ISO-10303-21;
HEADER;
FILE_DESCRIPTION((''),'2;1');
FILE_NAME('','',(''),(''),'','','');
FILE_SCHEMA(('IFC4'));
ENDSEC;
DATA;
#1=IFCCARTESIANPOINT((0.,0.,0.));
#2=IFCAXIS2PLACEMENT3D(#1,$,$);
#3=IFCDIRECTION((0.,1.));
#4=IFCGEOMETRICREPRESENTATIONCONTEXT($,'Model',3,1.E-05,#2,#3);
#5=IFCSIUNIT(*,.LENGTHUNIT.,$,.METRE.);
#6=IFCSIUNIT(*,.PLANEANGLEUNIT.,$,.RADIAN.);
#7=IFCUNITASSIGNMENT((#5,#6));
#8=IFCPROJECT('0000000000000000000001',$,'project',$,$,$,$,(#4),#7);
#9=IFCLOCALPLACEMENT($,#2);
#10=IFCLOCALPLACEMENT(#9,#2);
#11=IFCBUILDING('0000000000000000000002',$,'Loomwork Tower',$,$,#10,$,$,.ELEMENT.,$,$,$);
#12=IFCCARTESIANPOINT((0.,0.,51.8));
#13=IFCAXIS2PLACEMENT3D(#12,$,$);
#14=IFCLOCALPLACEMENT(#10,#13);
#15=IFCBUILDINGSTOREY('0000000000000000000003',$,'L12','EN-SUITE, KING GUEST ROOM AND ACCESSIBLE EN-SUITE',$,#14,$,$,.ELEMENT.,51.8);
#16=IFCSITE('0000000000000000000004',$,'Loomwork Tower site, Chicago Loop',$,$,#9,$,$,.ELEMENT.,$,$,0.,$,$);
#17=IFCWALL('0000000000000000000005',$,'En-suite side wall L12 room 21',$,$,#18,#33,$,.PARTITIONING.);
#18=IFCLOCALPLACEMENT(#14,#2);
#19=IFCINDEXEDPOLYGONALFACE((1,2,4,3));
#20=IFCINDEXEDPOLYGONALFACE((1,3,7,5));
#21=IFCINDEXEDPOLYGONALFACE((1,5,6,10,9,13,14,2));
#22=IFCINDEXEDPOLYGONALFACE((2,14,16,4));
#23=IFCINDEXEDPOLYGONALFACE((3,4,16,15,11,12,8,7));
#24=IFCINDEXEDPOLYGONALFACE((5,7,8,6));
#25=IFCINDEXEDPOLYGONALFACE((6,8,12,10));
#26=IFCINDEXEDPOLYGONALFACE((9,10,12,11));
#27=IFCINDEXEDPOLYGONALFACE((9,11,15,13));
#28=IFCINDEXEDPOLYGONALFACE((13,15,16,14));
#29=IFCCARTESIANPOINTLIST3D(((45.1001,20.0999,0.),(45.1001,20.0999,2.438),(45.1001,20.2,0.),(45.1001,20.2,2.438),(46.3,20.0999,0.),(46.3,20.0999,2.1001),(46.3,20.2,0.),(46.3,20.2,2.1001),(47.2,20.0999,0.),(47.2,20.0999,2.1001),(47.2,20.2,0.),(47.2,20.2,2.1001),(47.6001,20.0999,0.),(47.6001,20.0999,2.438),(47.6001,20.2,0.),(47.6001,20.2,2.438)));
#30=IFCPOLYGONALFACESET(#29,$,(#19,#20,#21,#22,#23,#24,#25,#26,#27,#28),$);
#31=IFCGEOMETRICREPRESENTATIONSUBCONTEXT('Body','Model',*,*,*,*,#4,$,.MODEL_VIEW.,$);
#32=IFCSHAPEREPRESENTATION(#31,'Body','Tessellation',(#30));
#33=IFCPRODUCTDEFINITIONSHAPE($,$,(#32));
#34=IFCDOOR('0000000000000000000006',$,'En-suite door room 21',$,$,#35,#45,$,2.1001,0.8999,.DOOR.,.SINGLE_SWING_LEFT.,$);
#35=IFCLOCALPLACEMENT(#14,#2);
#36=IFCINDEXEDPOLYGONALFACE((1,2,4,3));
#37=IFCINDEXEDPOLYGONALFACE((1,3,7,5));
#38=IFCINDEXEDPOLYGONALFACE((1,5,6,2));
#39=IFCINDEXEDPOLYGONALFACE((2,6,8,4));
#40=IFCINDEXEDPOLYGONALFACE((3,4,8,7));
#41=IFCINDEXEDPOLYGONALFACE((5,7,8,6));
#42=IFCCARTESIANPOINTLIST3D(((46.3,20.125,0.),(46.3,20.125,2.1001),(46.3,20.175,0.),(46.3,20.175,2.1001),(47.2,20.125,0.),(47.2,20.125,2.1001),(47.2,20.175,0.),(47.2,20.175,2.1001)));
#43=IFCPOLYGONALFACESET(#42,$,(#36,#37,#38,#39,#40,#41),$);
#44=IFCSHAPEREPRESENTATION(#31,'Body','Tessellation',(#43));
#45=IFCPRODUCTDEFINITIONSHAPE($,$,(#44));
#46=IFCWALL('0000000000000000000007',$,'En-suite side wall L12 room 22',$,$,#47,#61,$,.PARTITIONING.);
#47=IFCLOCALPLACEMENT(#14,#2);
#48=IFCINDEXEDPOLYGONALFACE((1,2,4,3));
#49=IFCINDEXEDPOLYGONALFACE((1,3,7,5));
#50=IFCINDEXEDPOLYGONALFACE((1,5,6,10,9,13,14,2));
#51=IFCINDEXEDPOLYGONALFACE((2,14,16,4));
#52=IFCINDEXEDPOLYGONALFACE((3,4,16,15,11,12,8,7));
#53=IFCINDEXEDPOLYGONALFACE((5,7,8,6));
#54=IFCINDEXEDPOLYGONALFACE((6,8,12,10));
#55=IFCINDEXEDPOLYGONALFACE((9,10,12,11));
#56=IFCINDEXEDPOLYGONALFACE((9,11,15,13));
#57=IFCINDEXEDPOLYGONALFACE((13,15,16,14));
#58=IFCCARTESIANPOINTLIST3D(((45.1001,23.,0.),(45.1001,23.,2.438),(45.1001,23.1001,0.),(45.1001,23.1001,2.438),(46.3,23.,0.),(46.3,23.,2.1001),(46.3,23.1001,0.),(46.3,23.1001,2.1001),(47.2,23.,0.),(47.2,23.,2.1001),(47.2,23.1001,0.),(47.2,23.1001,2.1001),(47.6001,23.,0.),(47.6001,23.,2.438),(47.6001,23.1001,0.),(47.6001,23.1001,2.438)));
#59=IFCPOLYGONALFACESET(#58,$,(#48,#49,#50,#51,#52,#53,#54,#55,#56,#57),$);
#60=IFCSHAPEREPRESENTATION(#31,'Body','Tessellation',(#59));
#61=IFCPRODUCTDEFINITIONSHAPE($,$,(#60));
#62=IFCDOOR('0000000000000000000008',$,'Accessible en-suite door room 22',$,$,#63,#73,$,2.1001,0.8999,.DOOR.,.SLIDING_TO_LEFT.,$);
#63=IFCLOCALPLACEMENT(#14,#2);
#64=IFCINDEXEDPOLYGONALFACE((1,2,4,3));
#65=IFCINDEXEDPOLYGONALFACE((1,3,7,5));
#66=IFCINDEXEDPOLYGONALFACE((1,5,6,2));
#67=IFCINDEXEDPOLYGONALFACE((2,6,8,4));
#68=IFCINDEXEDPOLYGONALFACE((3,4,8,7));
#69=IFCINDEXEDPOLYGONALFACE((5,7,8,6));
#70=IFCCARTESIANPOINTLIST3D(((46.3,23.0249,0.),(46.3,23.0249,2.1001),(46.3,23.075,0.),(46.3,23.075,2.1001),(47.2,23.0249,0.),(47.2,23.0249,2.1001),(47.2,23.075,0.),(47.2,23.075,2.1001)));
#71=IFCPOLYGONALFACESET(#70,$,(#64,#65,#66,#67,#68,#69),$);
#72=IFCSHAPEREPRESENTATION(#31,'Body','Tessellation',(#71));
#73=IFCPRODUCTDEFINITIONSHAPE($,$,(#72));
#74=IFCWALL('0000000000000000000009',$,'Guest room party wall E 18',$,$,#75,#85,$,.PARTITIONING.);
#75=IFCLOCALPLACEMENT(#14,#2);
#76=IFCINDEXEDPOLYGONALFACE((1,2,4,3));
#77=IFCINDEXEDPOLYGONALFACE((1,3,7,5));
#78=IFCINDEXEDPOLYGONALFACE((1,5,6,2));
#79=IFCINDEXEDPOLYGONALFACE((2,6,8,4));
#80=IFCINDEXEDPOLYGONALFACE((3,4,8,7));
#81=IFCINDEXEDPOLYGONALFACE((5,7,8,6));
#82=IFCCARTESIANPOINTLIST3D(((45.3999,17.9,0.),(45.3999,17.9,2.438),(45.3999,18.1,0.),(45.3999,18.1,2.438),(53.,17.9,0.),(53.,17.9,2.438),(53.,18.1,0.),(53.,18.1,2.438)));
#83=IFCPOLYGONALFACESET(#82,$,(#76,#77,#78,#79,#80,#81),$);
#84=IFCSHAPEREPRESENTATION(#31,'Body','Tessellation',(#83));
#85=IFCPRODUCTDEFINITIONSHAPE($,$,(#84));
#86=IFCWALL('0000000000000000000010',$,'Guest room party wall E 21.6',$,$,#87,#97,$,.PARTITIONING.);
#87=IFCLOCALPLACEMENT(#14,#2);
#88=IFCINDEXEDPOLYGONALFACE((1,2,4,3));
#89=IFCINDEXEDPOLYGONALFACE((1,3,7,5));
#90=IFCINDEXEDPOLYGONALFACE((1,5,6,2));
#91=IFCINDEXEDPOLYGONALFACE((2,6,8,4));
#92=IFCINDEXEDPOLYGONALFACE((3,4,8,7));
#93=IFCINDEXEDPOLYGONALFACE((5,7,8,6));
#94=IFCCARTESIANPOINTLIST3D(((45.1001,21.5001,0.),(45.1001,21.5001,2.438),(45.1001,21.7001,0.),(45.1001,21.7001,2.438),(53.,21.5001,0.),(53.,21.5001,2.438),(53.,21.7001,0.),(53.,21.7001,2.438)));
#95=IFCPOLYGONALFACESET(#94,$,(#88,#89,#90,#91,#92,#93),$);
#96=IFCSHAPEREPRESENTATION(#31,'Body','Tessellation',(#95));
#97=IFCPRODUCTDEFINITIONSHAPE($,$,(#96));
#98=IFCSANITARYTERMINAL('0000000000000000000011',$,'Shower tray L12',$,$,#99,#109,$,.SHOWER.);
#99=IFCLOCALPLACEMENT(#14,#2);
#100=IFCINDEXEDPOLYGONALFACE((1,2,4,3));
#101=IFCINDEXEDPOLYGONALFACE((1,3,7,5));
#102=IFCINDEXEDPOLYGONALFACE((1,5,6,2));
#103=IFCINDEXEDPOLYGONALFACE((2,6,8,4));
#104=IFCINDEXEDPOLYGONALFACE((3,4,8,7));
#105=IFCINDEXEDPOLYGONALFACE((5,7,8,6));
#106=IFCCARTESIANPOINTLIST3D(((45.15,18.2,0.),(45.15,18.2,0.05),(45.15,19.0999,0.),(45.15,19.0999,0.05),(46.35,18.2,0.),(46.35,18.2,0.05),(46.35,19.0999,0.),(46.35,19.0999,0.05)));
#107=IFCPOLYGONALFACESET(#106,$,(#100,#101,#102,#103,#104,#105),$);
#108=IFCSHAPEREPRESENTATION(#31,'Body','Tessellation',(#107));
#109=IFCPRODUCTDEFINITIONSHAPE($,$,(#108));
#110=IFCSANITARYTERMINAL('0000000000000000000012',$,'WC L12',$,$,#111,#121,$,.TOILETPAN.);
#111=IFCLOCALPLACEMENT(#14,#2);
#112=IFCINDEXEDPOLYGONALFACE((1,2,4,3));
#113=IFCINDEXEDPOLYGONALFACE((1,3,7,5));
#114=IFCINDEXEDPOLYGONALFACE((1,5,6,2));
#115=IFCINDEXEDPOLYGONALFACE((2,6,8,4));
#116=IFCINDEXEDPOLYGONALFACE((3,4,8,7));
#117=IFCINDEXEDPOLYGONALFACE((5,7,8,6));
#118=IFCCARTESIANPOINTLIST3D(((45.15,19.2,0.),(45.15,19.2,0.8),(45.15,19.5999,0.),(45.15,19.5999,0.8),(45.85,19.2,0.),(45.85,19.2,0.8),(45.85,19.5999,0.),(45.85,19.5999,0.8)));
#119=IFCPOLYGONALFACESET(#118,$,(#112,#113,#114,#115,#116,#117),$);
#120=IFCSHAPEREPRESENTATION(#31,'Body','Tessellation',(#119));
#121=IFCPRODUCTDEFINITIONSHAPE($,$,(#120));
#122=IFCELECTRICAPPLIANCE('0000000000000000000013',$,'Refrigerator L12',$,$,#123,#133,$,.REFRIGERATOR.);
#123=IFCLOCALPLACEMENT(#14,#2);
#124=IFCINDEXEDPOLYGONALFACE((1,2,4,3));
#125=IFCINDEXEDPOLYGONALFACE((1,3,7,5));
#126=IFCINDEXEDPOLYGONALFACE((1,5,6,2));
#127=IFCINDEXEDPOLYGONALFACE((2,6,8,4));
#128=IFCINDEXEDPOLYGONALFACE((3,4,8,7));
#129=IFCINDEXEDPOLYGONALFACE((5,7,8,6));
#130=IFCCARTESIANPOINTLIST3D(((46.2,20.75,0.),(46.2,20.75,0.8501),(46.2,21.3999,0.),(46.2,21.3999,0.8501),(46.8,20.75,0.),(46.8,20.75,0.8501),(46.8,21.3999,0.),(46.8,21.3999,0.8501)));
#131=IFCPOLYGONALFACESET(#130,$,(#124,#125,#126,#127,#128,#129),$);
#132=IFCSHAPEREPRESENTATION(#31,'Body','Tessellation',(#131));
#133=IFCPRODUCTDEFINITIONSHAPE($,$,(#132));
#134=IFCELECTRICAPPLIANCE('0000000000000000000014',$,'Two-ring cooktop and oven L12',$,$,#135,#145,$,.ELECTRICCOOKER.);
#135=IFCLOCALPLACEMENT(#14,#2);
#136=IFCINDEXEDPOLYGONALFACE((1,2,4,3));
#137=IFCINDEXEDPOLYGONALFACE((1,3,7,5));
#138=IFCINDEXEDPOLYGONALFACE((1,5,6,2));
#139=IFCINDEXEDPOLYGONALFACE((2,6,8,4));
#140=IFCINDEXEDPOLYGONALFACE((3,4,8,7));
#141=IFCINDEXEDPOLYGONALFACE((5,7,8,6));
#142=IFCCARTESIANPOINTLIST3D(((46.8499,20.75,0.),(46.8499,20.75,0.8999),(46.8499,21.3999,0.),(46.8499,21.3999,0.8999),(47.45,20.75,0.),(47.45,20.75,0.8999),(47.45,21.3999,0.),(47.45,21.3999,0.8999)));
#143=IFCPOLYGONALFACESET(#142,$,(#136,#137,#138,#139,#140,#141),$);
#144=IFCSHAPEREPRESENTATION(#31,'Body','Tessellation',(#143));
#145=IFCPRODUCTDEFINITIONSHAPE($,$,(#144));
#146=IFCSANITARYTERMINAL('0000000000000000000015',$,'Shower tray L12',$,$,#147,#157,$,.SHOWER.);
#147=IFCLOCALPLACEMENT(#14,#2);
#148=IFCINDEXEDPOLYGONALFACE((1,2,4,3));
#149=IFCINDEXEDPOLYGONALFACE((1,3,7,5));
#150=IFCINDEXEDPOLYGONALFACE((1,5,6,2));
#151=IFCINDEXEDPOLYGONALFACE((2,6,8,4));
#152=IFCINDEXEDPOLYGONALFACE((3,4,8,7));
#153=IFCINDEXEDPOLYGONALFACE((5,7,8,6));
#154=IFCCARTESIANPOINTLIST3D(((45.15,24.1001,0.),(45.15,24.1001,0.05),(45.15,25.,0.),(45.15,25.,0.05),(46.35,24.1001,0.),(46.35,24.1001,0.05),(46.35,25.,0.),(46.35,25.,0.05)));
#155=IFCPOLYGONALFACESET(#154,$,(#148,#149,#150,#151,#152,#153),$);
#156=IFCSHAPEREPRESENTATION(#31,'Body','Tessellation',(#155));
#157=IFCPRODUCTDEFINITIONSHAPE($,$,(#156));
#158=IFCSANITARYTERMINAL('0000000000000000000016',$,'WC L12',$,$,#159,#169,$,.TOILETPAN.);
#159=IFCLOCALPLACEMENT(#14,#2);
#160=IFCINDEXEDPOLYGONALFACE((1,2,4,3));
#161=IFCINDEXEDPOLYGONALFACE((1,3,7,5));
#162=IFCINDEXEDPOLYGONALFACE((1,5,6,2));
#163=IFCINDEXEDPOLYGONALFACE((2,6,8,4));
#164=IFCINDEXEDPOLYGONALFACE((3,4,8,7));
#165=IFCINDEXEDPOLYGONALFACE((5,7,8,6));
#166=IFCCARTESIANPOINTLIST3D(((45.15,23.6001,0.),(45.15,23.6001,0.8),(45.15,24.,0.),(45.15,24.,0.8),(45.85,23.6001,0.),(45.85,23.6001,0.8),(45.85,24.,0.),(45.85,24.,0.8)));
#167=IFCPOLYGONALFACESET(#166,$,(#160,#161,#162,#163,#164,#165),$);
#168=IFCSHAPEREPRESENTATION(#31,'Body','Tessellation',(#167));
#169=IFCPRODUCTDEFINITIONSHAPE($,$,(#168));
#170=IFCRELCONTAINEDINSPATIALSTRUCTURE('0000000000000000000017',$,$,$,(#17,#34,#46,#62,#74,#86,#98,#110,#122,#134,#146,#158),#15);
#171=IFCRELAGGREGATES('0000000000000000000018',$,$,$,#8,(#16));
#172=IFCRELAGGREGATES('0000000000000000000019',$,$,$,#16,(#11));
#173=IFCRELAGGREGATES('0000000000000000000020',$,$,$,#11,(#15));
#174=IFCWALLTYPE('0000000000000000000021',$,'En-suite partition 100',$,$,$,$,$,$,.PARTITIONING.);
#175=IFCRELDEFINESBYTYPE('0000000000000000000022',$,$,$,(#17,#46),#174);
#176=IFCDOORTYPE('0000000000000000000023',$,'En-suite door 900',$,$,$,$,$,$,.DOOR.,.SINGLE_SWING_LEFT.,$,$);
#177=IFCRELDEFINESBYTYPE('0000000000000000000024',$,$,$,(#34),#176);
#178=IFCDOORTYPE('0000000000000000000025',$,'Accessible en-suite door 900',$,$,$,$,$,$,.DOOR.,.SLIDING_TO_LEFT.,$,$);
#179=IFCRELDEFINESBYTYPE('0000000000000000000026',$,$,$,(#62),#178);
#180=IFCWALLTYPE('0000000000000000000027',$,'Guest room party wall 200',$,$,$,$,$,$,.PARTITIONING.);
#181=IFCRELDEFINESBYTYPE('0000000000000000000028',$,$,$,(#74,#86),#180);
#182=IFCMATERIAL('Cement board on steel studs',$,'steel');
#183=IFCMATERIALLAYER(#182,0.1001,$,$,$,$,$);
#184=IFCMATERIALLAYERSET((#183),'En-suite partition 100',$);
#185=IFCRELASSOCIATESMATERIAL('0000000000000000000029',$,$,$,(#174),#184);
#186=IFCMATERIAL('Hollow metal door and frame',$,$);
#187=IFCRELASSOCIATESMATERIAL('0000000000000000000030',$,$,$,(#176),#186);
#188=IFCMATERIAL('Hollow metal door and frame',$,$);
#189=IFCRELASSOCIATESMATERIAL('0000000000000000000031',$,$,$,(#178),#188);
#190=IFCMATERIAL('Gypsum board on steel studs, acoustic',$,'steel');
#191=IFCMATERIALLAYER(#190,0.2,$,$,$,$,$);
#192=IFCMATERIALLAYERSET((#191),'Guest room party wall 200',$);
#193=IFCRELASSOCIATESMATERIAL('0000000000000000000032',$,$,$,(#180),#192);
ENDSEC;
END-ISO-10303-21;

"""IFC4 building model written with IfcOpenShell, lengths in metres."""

from ifc_helpers import new_model, si_unit, direction, frame, frame_2d, origin, origin_2d, place, context, subcontext, project, spatial, rectangle, extrude, material, layer, layer_set, type_object, element, fill, save


model = new_model("IFC4")

# Units and contexts
model_context = context("Model", 3, precision=1e-05, world=origin(), true_north=direction((0.0, 1.0)))
body_context = subcontext(model_context, "Body", "Model", "MODEL_VIEW")
ifc_project = project(units=[si_unit("LENGTHUNIT", "METRE"), si_unit("PLANEANGLEUNIT", "RADIAN")], contexts=[model_context])

# Site, building, storey
site_placement = place(None, origin())
site = spatial("IfcSite", under=ifc_project, at=site_placement, Name="Loomwork Tower site, Chicago Loop", CompositionType="ELEMENT", RefElevation=0.0)
building_placement = place(site_placement, origin())
building = spatial("IfcBuilding", under=site, at=building_placement, Name="Loomwork Tower", CompositionType="ELEMENT")
storey_placement = place(building_placement, frame((0.0, 0.0, 51.8)))
storey = spatial("IfcBuildingStorey", under=building, at=storey_placement, Name="L12", Description="EN-SUITE, KING GUEST ROOM AND ACCESSIBLE EN-SUITE", CompositionType="ELEMENT", Elevation=51.8)

# Shared definitions
ifc_material_1 = material(Name="Cement board on steel studs", Category="steel")
ifc_layer_1 = layer(ifc_material_1, 0.1001)
ifc_layer_set_1 = layer_set([ifc_layer_1], Name="En-suite partition 100")
wall_type_1 = type_object("IfcWallType", Name="En-suite partition 100", PredefinedType="PARTITIONING", material=ifc_layer_set_1)

# Walls, openings, doors
wall_1_placement = place(storey_placement, frame((45.1001, 20.1499, 0.0), z_axis=(0.0, 0.0, 1.0), x_axis=(1.0, 0.0, 0.0)))
wall_1 = element("IfcWall", 1, at=wall_1_placement, inside=storey, type_object=wall_type_1, Name="En-suite side wall L12 room 21", PredefinedType="PARTITIONING", context=body_context, shape_type="SweptSolid", body=[
    extrude(rectangle(XDim=2.5, YDim=0.1001, at=frame_2d((1.25, 0.0))), origin(), (0.0, 0.0, 1.0), 2.438),
])
opening_1_placement = place(wall_1_placement, frame((1.2, 0.0, 0.0)))
opening_1 = element("IfcOpeningElement", 2, at=opening_1_placement, cuts=wall_1, PredefinedType="OPENING", context=body_context, shape_type="SweptSolid", body=[
    extrude(rectangle(XDim=0.8999, YDim=2.1001, at=frame_2d((0.45, 1.05))), frame((0.0, 0.0601, 0.0), z_axis=(0.0, -1.0, 0.0), x_axis=(1.0, 0.0, 0.0)), (0.0, 0.0, 1.0), 0.1201),
])
ifc_material_2 = material(Name="Hollow metal door and frame")
door_type_1 = type_object("IfcDoorType", Name="En-suite door 900", OperationType="SINGLE_SWING_LEFT", PredefinedType="DOOR", material=ifc_material_2)
door_1_placement = place(opening_1_placement, frame((0.8999, 0.0, 0.0), z_axis=(0.0, 0.0, 1.0), x_axis=(-1.0, 0.0, 0.0)))
door_1 = element("IfcDoor", 3, at=door_1_placement, inside=storey, type_object=door_type_1, Name="En-suite door room 21", OperationType="SINGLE_SWING_LEFT", OverallHeight=2.1001, OverallWidth=0.8999, PredefinedType="DOOR", context=body_context, shape_type="SweptSolid", body=[
    extrude(rectangle(XDim=0.8999, YDim=2.1001, at=frame_2d((0.45, 1.05))), frame((0.0, 0.0249, 0.0), z_axis=(0.0, -1.0, 0.0), x_axis=(1.0, 0.0, 0.0)), (0.0, 0.0, 1.0), 0.05),
])
fill(opening_1, door_1)
wall_2_placement = place(storey_placement, frame((45.1001, 23.05, 0.0), z_axis=(0.0, 0.0, 1.0), x_axis=(1.0, 0.0, 0.0)))
wall_2 = element("IfcWall", 4, at=wall_2_placement, inside=storey, type_object=wall_type_1, Name="En-suite side wall L12 room 22", PredefinedType="PARTITIONING", context=body_context, shape_type="SweptSolid", body=[
    extrude(rectangle(XDim=2.5, YDim=0.1001, at=frame_2d((1.25, 0.0))), origin(), (0.0, 0.0, 1.0), 2.438),
])
opening_2_placement = place(wall_2_placement, frame((1.2, 0.0, 0.0)))
opening_2 = element("IfcOpeningElement", 5, at=opening_2_placement, cuts=wall_2, PredefinedType="OPENING", context=body_context, shape_type="SweptSolid", body=[
    extrude(rectangle(XDim=0.8999, YDim=2.1001, at=frame_2d((0.45, 1.05))), frame((0.0, 0.0601, 0.0), z_axis=(0.0, -1.0, 0.0), x_axis=(1.0, 0.0, 0.0)), (0.0, 0.0, 1.0), 0.1201),
])
ifc_material_3 = material(Name="Hollow metal door and frame")
door_type_2 = type_object("IfcDoorType", Name="Accessible en-suite door 900", OperationType="SLIDING_TO_LEFT", PredefinedType="DOOR", material=ifc_material_3)
door_2_placement = place(opening_2_placement, origin())
door_2 = element("IfcDoor", 6, at=door_2_placement, inside=storey, type_object=door_type_2, Name="Accessible en-suite door room 22", OperationType="SLIDING_TO_LEFT", OverallHeight=2.1001, OverallWidth=0.8999, PredefinedType="DOOR", context=body_context, shape_type="SweptSolid", body=[
    extrude(rectangle(XDim=0.8999, YDim=2.1001, at=frame_2d((0.45, 1.05))), frame((0.0, 0.0249, 0.0), z_axis=(0.0, -1.0, 0.0), x_axis=(1.0, 0.0, 0.0)), (0.0, 0.0, 1.0), 0.05),
])
fill(opening_2, door_2)

# Walls
ifc_material_4 = material(Name="Gypsum board on steel studs, acoustic", Category="steel")
ifc_layer_2 = layer(ifc_material_4, 0.2)
ifc_layer_set_2 = layer_set([ifc_layer_2], Name="Guest room party wall 200")
wall_type_2 = type_object("IfcWallType", Name="Guest room party wall 200", PredefinedType="PARTITIONING", material=ifc_layer_set_2)
wall_3_placement = place(storey_placement, frame((45.3999, 18.0, 0.0), z_axis=(0.0, 0.0, 1.0), x_axis=(1.0, 0.0, 0.0)))
element("IfcWall", 7, at=wall_3_placement, inside=storey, type_object=wall_type_2, Name="Guest room party wall E 18", PredefinedType="PARTITIONING", context=body_context, shape_type="SweptSolid", body=[
    extrude(rectangle(XDim=7.6001, YDim=0.2, at=frame_2d((3.8, 0.0))), origin(), (0.0, 0.0, 1.0), 2.438),
])
wall_4_placement = place(storey_placement, frame((45.1001, 21.6001, 0.0), z_axis=(0.0, 0.0, 1.0), x_axis=(1.0, 0.0, 0.0)))
element("IfcWall", 8, at=wall_4_placement, inside=storey, type_object=wall_type_2, Name="Guest room party wall E 21.6", PredefinedType="PARTITIONING", context=body_context, shape_type="SweptSolid", body=[
    extrude(rectangle(XDim=7.8999, YDim=0.2, at=frame_2d((3.95, 0.0))), origin(), (0.0, 0.0, 1.0), 2.438),
])

# Sanitary terminals
sanitary_terminal_1_placement = place(storey_placement, frame((45.75, 18.6499, 0.0), z_axis=(0.0, 0.0, 1.0), x_axis=(1.0, 0.0, 0.0)))
element("IfcSanitaryTerminal", 9, at=sanitary_terminal_1_placement, inside=storey, Name="Shower tray L12", PredefinedType="SHOWER", context=body_context, shape_type="SweptSolid", body=[
    extrude(rectangle(XDim=1.2, YDim=0.8999, at=origin_2d()), origin(), (0.0, 0.0, 1.0), 0.05),
])
sanitary_terminal_2_placement = place(storey_placement, frame((45.5, 19.3999, 0.0), z_axis=(0.0, 0.0, 1.0), x_axis=(1.0, 0.0, 0.0)))
element("IfcSanitaryTerminal", 10, at=sanitary_terminal_2_placement, inside=storey, Name="WC L12", PredefinedType="TOILETPAN", context=body_context, shape_type="SweptSolid", body=[
    extrude(rectangle(XDim=0.7, YDim=0.3999, at=origin_2d()), origin(), (0.0, 0.0, 1.0), 0.8),
])

# Electric appliances
electric_appliance_1_placement = place(storey_placement, frame((46.5, 21.075, 0.0), z_axis=(0.0, 0.0, 1.0), x_axis=(1.0, 0.0, 0.0)))
element("IfcElectricAppliance", 11, at=electric_appliance_1_placement, inside=storey, Name="Refrigerator L12", PredefinedType="REFRIGERATOR", context=body_context, shape_type="SweptSolid", body=[
    extrude(rectangle(XDim=0.6001, YDim=0.6499, at=origin_2d()), origin(), (0.0, 0.0, 1.0), 0.8501),
])
electric_appliance_2_placement = place(storey_placement, frame((47.1499, 21.075, 0.0), z_axis=(0.0, 0.0, 1.0), x_axis=(1.0, 0.0, 0.0)))
element("IfcElectricAppliance", 12, at=electric_appliance_2_placement, inside=storey, Name="Two-ring cooktop and oven L12", PredefinedType="ELECTRICCOOKER", context=body_context, shape_type="SweptSolid", body=[
    extrude(rectangle(XDim=0.6001, YDim=0.6499, at=origin_2d()), origin(), (0.0, 0.0, 1.0), 0.8999),
])

# Sanitary terminals
sanitary_terminal_3_placement = place(storey_placement, frame((45.75, 24.55, 0.0), z_axis=(0.0, 0.0, 1.0), x_axis=(1.0, 0.0, 0.0)))
element("IfcSanitaryTerminal", 13, at=sanitary_terminal_3_placement, inside=storey, Name="Shower tray L12", PredefinedType="SHOWER", context=body_context, shape_type="SweptSolid", body=[
    extrude(rectangle(XDim=1.2, YDim=0.8999, at=origin_2d()), origin(), (0.0, 0.0, 1.0), 0.05),
])
sanitary_terminal_4_placement = place(storey_placement, frame((45.5, 23.8, 0.0), z_axis=(0.0, 0.0, 1.0), x_axis=(1.0, 0.0, 0.0)))
element("IfcSanitaryTerminal", 14, at=sanitary_terminal_4_placement, inside=storey, Name="WC L12", PredefinedType="TOILETPAN", context=body_context, shape_type="SweptSolid", body=[
    extrude(rectangle(XDim=0.7, YDim=0.3999, at=origin_2d()), origin(), (0.0, 0.0, 1.0), 0.8),
])

save(model, "model.ifc")
